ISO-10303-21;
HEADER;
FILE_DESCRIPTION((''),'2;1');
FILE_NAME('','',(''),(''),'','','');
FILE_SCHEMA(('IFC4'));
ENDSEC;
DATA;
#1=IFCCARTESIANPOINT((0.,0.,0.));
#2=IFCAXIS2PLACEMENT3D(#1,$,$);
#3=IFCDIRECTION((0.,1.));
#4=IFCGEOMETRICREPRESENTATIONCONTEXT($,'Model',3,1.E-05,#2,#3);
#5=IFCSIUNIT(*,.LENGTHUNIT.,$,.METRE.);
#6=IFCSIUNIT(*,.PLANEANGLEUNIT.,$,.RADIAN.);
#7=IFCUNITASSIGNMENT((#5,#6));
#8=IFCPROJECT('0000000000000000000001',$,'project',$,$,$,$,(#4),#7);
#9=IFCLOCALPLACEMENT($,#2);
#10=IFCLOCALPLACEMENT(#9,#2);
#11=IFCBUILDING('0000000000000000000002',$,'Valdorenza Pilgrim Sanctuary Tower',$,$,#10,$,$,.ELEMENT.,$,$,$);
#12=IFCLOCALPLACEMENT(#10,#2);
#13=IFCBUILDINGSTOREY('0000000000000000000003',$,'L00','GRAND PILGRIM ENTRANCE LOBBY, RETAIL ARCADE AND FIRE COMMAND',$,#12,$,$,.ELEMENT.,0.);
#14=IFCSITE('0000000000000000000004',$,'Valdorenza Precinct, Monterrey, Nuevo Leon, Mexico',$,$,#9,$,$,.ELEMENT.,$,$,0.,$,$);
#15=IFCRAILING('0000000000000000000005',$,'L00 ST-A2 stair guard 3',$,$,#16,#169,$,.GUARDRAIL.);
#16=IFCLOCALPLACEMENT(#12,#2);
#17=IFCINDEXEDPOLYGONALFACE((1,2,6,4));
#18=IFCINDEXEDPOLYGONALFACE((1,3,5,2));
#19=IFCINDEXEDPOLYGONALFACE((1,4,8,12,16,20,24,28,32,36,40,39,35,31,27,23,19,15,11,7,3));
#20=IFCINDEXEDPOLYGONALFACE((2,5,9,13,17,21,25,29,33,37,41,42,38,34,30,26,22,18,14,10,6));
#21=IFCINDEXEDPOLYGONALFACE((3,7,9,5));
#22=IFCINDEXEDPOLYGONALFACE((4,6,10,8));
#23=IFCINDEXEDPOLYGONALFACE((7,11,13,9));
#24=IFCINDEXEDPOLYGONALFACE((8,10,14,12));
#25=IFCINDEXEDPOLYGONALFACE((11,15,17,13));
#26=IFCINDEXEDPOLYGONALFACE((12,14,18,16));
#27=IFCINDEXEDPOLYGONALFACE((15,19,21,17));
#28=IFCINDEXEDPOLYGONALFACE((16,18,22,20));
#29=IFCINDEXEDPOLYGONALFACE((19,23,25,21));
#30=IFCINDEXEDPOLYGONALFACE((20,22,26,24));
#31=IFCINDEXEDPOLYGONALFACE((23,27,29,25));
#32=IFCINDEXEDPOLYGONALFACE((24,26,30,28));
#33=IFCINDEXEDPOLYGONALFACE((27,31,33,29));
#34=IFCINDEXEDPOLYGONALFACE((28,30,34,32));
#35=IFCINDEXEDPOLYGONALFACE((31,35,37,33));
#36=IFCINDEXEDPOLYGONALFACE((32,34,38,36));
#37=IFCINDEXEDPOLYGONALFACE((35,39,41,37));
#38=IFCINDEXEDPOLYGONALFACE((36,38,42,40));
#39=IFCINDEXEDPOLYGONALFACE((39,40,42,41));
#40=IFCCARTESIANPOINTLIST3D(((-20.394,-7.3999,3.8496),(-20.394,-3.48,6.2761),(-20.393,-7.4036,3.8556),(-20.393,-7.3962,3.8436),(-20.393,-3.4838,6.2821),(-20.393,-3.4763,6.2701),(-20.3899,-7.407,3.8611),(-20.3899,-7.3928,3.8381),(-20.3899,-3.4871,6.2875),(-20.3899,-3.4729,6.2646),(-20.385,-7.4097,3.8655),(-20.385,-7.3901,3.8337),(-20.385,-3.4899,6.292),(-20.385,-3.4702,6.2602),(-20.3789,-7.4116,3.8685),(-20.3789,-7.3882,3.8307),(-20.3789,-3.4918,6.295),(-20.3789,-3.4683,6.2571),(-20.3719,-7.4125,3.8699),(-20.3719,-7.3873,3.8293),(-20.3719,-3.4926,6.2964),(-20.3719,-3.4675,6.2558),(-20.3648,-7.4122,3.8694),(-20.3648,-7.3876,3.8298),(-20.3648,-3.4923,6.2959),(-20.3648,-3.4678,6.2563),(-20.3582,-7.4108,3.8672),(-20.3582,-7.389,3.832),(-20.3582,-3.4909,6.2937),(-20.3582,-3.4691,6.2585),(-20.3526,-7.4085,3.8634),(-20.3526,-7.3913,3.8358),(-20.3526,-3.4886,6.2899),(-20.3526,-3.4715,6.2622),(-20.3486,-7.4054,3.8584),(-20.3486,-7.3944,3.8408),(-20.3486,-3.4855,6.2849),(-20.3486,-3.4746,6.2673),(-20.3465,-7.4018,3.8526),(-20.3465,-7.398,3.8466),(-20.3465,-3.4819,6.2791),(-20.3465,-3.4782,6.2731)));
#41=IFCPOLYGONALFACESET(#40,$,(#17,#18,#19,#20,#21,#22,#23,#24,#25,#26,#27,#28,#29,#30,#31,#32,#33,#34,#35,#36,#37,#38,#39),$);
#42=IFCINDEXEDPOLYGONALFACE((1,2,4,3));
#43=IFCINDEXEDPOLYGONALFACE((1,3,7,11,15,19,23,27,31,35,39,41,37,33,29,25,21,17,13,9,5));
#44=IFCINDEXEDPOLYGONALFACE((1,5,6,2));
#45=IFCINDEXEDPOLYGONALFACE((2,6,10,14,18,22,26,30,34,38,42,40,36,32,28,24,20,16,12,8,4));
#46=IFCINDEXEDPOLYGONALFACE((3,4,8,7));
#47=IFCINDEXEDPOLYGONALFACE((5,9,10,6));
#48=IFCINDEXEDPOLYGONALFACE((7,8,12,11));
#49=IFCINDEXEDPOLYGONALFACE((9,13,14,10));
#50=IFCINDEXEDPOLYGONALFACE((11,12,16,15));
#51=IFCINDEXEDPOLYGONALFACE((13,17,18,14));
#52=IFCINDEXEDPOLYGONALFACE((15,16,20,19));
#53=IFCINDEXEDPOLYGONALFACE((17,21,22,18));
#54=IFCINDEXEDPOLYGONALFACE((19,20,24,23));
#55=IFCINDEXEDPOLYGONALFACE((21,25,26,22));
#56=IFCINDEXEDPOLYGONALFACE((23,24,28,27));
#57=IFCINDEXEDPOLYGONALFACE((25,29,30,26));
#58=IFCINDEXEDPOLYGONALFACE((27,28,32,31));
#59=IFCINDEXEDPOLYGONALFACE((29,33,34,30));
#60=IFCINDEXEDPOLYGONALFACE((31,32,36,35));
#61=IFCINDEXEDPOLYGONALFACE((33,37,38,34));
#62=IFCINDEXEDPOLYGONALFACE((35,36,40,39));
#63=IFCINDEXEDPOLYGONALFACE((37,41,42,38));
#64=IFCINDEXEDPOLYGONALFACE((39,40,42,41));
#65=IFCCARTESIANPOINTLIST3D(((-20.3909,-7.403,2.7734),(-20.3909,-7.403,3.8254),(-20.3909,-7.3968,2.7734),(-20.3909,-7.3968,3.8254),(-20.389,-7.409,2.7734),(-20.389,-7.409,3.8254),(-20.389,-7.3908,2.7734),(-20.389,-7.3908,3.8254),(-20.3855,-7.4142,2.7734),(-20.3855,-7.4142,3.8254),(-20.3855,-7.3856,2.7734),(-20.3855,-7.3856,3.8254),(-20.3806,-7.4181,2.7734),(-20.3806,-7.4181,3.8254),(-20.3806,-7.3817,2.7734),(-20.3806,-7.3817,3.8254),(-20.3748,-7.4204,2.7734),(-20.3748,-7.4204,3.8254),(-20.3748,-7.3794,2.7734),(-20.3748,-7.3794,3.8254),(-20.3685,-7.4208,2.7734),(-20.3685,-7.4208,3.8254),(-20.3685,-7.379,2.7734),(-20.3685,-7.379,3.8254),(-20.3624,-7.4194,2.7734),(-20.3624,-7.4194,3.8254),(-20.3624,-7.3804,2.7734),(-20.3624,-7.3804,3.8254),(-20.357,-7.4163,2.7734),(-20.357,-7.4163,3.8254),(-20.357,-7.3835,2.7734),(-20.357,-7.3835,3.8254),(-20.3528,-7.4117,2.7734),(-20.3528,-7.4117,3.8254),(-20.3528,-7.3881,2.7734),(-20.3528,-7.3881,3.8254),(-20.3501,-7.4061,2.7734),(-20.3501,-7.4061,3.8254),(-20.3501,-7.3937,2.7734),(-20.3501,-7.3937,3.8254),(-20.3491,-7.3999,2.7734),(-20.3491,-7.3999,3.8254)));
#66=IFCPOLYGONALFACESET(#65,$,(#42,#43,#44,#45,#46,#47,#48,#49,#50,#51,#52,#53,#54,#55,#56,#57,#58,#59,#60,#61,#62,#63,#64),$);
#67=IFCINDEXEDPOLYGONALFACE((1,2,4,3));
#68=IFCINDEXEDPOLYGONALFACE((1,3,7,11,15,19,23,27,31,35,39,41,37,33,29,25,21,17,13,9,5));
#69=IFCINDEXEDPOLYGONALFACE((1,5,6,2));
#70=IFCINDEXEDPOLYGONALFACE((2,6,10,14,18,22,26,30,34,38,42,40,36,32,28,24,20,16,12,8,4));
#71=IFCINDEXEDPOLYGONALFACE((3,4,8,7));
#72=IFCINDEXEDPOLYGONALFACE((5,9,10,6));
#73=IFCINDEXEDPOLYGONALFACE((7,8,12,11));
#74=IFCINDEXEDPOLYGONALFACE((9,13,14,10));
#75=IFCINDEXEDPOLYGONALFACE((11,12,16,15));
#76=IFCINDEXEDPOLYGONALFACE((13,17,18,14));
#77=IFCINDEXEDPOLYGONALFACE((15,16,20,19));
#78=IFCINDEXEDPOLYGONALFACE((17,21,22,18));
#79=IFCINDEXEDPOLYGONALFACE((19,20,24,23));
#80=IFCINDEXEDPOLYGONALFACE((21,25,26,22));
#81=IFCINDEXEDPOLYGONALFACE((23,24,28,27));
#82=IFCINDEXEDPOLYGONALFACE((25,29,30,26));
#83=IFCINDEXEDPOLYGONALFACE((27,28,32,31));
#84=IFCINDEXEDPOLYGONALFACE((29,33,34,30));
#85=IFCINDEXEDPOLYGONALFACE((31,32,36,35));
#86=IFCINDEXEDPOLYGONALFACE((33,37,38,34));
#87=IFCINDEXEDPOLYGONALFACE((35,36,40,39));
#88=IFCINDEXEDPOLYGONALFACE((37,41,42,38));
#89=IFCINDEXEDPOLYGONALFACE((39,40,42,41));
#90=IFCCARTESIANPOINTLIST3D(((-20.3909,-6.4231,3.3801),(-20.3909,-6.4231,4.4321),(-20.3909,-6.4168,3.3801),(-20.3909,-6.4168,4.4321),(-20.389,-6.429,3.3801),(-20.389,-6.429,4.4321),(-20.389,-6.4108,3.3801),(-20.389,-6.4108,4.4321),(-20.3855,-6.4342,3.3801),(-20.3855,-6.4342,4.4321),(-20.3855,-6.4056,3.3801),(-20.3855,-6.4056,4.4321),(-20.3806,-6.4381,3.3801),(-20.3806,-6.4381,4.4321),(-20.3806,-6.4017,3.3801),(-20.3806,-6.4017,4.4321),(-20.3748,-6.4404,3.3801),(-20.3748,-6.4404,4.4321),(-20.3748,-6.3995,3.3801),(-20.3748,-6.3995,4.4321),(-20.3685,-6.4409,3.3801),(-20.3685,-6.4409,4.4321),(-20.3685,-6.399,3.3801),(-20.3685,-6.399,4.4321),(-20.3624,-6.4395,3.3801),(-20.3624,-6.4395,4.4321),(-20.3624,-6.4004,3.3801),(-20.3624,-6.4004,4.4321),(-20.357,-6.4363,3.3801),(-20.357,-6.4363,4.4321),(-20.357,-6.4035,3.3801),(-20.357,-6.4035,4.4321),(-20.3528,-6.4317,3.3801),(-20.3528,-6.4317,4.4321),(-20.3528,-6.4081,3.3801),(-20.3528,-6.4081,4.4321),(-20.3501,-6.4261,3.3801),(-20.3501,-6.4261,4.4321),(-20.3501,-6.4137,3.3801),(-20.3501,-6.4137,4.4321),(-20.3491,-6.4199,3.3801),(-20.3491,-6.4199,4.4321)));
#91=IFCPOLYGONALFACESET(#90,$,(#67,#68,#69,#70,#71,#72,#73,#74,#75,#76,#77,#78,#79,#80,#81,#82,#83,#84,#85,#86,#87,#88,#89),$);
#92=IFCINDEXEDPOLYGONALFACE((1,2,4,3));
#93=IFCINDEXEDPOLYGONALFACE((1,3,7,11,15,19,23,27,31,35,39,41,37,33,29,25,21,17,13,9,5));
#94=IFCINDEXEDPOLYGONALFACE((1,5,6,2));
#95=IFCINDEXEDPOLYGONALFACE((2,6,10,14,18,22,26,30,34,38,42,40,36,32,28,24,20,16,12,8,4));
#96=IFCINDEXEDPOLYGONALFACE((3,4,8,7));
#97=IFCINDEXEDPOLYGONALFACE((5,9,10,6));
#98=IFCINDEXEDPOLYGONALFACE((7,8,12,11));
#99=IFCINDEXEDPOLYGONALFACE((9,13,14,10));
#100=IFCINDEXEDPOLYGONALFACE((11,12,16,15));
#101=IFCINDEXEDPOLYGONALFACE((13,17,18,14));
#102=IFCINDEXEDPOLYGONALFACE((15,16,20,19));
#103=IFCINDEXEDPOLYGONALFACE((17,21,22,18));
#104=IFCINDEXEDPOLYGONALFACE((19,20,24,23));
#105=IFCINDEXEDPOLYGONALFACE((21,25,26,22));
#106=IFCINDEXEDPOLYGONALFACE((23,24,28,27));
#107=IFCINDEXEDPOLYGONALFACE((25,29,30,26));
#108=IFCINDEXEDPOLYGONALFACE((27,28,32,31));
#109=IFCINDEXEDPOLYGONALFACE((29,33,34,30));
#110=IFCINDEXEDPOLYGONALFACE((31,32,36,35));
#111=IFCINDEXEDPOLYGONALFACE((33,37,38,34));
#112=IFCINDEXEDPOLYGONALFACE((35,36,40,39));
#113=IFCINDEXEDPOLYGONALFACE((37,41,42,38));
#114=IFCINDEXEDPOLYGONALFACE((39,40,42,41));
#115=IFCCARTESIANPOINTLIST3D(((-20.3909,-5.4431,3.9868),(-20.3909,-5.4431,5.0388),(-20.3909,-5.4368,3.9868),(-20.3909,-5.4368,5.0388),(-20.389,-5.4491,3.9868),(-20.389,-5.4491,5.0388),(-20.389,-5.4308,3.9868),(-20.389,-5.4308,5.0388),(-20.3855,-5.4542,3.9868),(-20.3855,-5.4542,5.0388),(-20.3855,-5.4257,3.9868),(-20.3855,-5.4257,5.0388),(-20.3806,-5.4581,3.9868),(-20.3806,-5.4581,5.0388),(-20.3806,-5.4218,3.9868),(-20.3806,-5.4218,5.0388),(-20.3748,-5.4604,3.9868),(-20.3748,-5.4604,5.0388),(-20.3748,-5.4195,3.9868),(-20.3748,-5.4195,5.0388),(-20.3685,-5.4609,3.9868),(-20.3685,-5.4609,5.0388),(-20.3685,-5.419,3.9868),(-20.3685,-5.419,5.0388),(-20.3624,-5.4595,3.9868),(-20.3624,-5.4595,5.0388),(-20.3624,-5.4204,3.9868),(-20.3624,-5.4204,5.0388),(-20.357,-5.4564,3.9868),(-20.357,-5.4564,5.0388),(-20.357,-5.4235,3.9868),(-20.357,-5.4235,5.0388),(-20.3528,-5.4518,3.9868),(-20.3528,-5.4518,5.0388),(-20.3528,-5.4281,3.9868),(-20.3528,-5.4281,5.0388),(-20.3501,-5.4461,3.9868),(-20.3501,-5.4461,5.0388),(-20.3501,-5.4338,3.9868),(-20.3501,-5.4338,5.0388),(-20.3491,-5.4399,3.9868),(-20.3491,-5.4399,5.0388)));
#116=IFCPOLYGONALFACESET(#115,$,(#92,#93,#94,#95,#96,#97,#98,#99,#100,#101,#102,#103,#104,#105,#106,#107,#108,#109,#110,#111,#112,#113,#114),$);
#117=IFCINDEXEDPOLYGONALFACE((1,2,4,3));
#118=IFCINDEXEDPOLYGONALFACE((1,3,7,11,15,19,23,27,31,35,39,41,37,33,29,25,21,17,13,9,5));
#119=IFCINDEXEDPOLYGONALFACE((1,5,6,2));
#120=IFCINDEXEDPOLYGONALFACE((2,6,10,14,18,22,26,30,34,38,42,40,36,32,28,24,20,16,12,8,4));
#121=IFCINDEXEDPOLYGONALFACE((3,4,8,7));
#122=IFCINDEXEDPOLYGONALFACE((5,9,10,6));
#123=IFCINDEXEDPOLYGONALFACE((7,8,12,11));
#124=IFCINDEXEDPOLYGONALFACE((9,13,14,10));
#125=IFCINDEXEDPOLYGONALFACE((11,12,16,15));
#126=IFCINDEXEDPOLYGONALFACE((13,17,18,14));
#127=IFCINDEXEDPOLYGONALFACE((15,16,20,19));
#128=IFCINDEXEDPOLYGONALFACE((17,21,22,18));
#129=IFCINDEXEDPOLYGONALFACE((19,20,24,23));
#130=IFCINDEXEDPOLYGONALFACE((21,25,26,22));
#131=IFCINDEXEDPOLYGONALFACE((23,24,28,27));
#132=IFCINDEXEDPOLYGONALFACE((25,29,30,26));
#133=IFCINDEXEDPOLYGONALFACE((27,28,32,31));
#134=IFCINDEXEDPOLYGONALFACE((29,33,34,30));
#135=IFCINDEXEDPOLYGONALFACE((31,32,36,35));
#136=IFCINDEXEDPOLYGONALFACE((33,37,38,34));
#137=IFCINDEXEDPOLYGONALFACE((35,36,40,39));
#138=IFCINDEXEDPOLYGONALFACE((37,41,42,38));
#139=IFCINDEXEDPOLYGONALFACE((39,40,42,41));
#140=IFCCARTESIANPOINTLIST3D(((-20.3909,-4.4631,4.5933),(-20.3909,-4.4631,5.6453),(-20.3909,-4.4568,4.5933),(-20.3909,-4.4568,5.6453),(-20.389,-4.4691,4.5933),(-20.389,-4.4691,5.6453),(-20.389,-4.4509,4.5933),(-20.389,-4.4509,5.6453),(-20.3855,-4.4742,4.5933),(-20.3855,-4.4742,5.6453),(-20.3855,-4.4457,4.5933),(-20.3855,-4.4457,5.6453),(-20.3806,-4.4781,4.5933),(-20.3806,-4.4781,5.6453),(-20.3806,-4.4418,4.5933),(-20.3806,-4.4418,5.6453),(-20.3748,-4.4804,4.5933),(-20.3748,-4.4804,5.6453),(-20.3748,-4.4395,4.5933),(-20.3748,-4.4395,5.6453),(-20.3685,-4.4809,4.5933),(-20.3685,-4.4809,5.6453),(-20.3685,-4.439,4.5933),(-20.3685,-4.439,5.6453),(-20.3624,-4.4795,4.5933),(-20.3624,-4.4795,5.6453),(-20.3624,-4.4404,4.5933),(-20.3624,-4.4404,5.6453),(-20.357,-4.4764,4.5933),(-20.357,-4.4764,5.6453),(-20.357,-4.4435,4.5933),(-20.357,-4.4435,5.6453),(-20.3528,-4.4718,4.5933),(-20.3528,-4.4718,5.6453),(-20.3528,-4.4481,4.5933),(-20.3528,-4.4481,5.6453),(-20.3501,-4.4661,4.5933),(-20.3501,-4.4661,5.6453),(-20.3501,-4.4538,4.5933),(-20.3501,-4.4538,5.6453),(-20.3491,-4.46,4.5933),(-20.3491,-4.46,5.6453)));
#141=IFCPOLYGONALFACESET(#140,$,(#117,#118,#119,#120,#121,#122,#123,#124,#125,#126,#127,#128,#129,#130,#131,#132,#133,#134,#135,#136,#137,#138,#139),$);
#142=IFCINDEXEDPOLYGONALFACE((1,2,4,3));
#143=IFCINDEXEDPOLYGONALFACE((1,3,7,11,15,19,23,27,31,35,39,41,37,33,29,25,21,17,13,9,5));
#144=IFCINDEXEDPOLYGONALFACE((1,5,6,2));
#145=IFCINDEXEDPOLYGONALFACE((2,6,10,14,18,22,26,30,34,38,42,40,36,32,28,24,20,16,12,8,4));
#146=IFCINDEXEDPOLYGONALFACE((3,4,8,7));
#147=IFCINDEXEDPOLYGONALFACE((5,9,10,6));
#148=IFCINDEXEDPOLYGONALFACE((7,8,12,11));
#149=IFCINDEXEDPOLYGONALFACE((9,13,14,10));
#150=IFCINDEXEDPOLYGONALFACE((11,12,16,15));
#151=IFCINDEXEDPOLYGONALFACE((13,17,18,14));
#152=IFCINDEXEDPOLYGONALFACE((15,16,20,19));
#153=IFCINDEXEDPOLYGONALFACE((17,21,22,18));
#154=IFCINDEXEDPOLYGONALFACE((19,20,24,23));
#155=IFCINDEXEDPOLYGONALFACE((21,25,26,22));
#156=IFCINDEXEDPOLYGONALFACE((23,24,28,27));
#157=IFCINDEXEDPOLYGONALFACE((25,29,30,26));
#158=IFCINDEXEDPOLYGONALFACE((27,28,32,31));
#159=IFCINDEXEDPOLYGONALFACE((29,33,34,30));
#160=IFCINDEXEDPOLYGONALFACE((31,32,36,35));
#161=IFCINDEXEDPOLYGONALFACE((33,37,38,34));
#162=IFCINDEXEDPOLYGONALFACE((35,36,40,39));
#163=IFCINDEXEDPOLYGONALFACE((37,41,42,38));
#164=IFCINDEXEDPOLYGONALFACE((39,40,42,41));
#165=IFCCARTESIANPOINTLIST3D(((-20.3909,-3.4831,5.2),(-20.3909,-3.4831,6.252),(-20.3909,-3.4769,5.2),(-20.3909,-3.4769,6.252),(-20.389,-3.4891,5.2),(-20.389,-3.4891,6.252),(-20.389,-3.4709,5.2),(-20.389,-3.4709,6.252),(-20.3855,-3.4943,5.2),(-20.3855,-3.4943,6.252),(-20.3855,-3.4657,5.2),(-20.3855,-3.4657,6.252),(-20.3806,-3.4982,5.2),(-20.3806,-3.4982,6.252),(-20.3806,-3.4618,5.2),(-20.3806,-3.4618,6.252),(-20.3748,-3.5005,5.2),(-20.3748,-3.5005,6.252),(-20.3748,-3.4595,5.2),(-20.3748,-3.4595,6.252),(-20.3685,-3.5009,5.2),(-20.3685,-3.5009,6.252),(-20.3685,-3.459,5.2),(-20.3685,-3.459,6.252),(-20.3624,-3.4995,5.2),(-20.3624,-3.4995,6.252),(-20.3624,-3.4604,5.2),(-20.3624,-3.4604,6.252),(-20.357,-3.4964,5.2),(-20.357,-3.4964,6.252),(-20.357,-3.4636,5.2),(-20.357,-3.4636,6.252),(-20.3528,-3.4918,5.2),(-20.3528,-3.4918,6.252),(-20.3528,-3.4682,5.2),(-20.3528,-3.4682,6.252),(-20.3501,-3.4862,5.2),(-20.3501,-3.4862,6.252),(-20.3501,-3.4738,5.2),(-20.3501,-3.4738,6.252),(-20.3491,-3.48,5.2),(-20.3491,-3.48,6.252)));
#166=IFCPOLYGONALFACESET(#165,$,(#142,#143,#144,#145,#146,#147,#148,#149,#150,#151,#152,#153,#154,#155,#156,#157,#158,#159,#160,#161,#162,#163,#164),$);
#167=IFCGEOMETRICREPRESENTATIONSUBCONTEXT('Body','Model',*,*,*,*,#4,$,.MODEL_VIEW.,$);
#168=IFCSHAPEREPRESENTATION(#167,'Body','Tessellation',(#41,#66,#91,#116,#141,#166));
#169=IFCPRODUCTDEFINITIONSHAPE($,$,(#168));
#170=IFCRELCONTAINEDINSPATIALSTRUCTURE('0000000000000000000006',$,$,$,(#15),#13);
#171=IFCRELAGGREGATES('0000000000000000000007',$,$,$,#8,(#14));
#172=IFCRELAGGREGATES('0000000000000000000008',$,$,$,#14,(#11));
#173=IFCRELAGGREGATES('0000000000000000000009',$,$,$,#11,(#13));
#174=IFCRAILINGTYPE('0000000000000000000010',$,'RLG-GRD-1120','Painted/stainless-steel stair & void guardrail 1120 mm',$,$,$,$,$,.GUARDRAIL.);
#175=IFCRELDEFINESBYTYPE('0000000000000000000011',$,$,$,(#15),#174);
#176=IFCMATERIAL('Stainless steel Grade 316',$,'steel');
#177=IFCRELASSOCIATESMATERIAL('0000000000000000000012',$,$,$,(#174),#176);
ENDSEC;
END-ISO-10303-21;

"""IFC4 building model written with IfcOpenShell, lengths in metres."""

from ifc_helpers import new_model, si_unit, direction, frame, origin, origin_2d, place, context, subcontext, project, spatial, circle, extrude, material, type_object, element, save


model = new_model("IFC4")

# Units and contexts
model_context = context("Model", 3, precision=1e-05, world=origin(), true_north=direction((0.0, 1.0)))
body_context = subcontext(model_context, "Body", "Model", "MODEL_VIEW")
ifc_project = project(units=[si_unit("LENGTHUNIT", "METRE"), si_unit("PLANEANGLEUNIT", "RADIAN")], contexts=[model_context])

# Site, building, storey
site_placement = place(None, origin())
site = spatial("IfcSite", under=ifc_project, at=site_placement, Name="Valdorenza Precinct, Monterrey, Nuevo Leon, Mexico", CompositionType="ELEMENT", RefElevation=0.0)
building_placement = place(site_placement, origin())
building = spatial("IfcBuilding", under=site, at=building_placement, Name="Valdorenza Pilgrim Sanctuary Tower", CompositionType="ELEMENT")
storey_placement = place(building_placement, origin())
storey = spatial("IfcBuildingStorey", under=building, at=storey_placement, Name="L00", Description="GRAND PILGRIM ENTRANCE LOBBY, RETAIL ARCADE AND FIRE COMMAND", CompositionType="ELEMENT", Elevation=0.0)

# Railing
ifc_material_1 = material(Name="Stainless steel Grade 316", Category="steel")
railing_type_1 = type_object("IfcRailingType", Name="RLG-GRD-1120", Description="Painted/stainless-steel stair & void guardrail 1120 mm", PredefinedType="GUARDRAIL", material=ifc_material_1)
railing_1_placement = place(storey_placement, frame((-20.3701, -7.3999, 2.7734)))
element("IfcRailing", 1, at=railing_1_placement, inside=storey, type_object=railing_type_1, Name="L00 ST-A2 stair guard 3", PredefinedType="GUARDRAIL", context=body_context, shape_type="SweptSolid", body=[
    extrude(circle(Radius=0.0239, at=origin_2d()), frame((0.0, 0.0, 1.0762), z_axis=(0.0, 0.850275, 0.526338), x_axis=(-1.0, 0.0, 0.0)), (0.0, 0.0, 1.0), 4.6101),
    extrude(circle(Radius=0.021, at=origin_2d()), origin(), (0.0, 0.0, 1.0), 1.052),
    extrude(circle(Radius=0.021, at=origin_2d()), frame((0.0, 0.98, 0.6067)), (0.0, 0.0, 1.0), 1.052),
    extrude(circle(Radius=0.021, at=origin_2d()), frame((0.0, 1.96, 1.2134)), (0.0, 0.0, 1.0), 1.052),
    extrude(circle(Radius=0.021, at=origin_2d()), frame((0.0, 2.9399, 1.8198)), (0.0, 0.0, 1.0), 1.052),
    extrude(circle(Radius=0.021, at=origin_2d()), frame((0.0, 3.9199, 2.4265)), (0.0, 0.0, 1.0), 1.052),
])

save(model, "model.ifc")
